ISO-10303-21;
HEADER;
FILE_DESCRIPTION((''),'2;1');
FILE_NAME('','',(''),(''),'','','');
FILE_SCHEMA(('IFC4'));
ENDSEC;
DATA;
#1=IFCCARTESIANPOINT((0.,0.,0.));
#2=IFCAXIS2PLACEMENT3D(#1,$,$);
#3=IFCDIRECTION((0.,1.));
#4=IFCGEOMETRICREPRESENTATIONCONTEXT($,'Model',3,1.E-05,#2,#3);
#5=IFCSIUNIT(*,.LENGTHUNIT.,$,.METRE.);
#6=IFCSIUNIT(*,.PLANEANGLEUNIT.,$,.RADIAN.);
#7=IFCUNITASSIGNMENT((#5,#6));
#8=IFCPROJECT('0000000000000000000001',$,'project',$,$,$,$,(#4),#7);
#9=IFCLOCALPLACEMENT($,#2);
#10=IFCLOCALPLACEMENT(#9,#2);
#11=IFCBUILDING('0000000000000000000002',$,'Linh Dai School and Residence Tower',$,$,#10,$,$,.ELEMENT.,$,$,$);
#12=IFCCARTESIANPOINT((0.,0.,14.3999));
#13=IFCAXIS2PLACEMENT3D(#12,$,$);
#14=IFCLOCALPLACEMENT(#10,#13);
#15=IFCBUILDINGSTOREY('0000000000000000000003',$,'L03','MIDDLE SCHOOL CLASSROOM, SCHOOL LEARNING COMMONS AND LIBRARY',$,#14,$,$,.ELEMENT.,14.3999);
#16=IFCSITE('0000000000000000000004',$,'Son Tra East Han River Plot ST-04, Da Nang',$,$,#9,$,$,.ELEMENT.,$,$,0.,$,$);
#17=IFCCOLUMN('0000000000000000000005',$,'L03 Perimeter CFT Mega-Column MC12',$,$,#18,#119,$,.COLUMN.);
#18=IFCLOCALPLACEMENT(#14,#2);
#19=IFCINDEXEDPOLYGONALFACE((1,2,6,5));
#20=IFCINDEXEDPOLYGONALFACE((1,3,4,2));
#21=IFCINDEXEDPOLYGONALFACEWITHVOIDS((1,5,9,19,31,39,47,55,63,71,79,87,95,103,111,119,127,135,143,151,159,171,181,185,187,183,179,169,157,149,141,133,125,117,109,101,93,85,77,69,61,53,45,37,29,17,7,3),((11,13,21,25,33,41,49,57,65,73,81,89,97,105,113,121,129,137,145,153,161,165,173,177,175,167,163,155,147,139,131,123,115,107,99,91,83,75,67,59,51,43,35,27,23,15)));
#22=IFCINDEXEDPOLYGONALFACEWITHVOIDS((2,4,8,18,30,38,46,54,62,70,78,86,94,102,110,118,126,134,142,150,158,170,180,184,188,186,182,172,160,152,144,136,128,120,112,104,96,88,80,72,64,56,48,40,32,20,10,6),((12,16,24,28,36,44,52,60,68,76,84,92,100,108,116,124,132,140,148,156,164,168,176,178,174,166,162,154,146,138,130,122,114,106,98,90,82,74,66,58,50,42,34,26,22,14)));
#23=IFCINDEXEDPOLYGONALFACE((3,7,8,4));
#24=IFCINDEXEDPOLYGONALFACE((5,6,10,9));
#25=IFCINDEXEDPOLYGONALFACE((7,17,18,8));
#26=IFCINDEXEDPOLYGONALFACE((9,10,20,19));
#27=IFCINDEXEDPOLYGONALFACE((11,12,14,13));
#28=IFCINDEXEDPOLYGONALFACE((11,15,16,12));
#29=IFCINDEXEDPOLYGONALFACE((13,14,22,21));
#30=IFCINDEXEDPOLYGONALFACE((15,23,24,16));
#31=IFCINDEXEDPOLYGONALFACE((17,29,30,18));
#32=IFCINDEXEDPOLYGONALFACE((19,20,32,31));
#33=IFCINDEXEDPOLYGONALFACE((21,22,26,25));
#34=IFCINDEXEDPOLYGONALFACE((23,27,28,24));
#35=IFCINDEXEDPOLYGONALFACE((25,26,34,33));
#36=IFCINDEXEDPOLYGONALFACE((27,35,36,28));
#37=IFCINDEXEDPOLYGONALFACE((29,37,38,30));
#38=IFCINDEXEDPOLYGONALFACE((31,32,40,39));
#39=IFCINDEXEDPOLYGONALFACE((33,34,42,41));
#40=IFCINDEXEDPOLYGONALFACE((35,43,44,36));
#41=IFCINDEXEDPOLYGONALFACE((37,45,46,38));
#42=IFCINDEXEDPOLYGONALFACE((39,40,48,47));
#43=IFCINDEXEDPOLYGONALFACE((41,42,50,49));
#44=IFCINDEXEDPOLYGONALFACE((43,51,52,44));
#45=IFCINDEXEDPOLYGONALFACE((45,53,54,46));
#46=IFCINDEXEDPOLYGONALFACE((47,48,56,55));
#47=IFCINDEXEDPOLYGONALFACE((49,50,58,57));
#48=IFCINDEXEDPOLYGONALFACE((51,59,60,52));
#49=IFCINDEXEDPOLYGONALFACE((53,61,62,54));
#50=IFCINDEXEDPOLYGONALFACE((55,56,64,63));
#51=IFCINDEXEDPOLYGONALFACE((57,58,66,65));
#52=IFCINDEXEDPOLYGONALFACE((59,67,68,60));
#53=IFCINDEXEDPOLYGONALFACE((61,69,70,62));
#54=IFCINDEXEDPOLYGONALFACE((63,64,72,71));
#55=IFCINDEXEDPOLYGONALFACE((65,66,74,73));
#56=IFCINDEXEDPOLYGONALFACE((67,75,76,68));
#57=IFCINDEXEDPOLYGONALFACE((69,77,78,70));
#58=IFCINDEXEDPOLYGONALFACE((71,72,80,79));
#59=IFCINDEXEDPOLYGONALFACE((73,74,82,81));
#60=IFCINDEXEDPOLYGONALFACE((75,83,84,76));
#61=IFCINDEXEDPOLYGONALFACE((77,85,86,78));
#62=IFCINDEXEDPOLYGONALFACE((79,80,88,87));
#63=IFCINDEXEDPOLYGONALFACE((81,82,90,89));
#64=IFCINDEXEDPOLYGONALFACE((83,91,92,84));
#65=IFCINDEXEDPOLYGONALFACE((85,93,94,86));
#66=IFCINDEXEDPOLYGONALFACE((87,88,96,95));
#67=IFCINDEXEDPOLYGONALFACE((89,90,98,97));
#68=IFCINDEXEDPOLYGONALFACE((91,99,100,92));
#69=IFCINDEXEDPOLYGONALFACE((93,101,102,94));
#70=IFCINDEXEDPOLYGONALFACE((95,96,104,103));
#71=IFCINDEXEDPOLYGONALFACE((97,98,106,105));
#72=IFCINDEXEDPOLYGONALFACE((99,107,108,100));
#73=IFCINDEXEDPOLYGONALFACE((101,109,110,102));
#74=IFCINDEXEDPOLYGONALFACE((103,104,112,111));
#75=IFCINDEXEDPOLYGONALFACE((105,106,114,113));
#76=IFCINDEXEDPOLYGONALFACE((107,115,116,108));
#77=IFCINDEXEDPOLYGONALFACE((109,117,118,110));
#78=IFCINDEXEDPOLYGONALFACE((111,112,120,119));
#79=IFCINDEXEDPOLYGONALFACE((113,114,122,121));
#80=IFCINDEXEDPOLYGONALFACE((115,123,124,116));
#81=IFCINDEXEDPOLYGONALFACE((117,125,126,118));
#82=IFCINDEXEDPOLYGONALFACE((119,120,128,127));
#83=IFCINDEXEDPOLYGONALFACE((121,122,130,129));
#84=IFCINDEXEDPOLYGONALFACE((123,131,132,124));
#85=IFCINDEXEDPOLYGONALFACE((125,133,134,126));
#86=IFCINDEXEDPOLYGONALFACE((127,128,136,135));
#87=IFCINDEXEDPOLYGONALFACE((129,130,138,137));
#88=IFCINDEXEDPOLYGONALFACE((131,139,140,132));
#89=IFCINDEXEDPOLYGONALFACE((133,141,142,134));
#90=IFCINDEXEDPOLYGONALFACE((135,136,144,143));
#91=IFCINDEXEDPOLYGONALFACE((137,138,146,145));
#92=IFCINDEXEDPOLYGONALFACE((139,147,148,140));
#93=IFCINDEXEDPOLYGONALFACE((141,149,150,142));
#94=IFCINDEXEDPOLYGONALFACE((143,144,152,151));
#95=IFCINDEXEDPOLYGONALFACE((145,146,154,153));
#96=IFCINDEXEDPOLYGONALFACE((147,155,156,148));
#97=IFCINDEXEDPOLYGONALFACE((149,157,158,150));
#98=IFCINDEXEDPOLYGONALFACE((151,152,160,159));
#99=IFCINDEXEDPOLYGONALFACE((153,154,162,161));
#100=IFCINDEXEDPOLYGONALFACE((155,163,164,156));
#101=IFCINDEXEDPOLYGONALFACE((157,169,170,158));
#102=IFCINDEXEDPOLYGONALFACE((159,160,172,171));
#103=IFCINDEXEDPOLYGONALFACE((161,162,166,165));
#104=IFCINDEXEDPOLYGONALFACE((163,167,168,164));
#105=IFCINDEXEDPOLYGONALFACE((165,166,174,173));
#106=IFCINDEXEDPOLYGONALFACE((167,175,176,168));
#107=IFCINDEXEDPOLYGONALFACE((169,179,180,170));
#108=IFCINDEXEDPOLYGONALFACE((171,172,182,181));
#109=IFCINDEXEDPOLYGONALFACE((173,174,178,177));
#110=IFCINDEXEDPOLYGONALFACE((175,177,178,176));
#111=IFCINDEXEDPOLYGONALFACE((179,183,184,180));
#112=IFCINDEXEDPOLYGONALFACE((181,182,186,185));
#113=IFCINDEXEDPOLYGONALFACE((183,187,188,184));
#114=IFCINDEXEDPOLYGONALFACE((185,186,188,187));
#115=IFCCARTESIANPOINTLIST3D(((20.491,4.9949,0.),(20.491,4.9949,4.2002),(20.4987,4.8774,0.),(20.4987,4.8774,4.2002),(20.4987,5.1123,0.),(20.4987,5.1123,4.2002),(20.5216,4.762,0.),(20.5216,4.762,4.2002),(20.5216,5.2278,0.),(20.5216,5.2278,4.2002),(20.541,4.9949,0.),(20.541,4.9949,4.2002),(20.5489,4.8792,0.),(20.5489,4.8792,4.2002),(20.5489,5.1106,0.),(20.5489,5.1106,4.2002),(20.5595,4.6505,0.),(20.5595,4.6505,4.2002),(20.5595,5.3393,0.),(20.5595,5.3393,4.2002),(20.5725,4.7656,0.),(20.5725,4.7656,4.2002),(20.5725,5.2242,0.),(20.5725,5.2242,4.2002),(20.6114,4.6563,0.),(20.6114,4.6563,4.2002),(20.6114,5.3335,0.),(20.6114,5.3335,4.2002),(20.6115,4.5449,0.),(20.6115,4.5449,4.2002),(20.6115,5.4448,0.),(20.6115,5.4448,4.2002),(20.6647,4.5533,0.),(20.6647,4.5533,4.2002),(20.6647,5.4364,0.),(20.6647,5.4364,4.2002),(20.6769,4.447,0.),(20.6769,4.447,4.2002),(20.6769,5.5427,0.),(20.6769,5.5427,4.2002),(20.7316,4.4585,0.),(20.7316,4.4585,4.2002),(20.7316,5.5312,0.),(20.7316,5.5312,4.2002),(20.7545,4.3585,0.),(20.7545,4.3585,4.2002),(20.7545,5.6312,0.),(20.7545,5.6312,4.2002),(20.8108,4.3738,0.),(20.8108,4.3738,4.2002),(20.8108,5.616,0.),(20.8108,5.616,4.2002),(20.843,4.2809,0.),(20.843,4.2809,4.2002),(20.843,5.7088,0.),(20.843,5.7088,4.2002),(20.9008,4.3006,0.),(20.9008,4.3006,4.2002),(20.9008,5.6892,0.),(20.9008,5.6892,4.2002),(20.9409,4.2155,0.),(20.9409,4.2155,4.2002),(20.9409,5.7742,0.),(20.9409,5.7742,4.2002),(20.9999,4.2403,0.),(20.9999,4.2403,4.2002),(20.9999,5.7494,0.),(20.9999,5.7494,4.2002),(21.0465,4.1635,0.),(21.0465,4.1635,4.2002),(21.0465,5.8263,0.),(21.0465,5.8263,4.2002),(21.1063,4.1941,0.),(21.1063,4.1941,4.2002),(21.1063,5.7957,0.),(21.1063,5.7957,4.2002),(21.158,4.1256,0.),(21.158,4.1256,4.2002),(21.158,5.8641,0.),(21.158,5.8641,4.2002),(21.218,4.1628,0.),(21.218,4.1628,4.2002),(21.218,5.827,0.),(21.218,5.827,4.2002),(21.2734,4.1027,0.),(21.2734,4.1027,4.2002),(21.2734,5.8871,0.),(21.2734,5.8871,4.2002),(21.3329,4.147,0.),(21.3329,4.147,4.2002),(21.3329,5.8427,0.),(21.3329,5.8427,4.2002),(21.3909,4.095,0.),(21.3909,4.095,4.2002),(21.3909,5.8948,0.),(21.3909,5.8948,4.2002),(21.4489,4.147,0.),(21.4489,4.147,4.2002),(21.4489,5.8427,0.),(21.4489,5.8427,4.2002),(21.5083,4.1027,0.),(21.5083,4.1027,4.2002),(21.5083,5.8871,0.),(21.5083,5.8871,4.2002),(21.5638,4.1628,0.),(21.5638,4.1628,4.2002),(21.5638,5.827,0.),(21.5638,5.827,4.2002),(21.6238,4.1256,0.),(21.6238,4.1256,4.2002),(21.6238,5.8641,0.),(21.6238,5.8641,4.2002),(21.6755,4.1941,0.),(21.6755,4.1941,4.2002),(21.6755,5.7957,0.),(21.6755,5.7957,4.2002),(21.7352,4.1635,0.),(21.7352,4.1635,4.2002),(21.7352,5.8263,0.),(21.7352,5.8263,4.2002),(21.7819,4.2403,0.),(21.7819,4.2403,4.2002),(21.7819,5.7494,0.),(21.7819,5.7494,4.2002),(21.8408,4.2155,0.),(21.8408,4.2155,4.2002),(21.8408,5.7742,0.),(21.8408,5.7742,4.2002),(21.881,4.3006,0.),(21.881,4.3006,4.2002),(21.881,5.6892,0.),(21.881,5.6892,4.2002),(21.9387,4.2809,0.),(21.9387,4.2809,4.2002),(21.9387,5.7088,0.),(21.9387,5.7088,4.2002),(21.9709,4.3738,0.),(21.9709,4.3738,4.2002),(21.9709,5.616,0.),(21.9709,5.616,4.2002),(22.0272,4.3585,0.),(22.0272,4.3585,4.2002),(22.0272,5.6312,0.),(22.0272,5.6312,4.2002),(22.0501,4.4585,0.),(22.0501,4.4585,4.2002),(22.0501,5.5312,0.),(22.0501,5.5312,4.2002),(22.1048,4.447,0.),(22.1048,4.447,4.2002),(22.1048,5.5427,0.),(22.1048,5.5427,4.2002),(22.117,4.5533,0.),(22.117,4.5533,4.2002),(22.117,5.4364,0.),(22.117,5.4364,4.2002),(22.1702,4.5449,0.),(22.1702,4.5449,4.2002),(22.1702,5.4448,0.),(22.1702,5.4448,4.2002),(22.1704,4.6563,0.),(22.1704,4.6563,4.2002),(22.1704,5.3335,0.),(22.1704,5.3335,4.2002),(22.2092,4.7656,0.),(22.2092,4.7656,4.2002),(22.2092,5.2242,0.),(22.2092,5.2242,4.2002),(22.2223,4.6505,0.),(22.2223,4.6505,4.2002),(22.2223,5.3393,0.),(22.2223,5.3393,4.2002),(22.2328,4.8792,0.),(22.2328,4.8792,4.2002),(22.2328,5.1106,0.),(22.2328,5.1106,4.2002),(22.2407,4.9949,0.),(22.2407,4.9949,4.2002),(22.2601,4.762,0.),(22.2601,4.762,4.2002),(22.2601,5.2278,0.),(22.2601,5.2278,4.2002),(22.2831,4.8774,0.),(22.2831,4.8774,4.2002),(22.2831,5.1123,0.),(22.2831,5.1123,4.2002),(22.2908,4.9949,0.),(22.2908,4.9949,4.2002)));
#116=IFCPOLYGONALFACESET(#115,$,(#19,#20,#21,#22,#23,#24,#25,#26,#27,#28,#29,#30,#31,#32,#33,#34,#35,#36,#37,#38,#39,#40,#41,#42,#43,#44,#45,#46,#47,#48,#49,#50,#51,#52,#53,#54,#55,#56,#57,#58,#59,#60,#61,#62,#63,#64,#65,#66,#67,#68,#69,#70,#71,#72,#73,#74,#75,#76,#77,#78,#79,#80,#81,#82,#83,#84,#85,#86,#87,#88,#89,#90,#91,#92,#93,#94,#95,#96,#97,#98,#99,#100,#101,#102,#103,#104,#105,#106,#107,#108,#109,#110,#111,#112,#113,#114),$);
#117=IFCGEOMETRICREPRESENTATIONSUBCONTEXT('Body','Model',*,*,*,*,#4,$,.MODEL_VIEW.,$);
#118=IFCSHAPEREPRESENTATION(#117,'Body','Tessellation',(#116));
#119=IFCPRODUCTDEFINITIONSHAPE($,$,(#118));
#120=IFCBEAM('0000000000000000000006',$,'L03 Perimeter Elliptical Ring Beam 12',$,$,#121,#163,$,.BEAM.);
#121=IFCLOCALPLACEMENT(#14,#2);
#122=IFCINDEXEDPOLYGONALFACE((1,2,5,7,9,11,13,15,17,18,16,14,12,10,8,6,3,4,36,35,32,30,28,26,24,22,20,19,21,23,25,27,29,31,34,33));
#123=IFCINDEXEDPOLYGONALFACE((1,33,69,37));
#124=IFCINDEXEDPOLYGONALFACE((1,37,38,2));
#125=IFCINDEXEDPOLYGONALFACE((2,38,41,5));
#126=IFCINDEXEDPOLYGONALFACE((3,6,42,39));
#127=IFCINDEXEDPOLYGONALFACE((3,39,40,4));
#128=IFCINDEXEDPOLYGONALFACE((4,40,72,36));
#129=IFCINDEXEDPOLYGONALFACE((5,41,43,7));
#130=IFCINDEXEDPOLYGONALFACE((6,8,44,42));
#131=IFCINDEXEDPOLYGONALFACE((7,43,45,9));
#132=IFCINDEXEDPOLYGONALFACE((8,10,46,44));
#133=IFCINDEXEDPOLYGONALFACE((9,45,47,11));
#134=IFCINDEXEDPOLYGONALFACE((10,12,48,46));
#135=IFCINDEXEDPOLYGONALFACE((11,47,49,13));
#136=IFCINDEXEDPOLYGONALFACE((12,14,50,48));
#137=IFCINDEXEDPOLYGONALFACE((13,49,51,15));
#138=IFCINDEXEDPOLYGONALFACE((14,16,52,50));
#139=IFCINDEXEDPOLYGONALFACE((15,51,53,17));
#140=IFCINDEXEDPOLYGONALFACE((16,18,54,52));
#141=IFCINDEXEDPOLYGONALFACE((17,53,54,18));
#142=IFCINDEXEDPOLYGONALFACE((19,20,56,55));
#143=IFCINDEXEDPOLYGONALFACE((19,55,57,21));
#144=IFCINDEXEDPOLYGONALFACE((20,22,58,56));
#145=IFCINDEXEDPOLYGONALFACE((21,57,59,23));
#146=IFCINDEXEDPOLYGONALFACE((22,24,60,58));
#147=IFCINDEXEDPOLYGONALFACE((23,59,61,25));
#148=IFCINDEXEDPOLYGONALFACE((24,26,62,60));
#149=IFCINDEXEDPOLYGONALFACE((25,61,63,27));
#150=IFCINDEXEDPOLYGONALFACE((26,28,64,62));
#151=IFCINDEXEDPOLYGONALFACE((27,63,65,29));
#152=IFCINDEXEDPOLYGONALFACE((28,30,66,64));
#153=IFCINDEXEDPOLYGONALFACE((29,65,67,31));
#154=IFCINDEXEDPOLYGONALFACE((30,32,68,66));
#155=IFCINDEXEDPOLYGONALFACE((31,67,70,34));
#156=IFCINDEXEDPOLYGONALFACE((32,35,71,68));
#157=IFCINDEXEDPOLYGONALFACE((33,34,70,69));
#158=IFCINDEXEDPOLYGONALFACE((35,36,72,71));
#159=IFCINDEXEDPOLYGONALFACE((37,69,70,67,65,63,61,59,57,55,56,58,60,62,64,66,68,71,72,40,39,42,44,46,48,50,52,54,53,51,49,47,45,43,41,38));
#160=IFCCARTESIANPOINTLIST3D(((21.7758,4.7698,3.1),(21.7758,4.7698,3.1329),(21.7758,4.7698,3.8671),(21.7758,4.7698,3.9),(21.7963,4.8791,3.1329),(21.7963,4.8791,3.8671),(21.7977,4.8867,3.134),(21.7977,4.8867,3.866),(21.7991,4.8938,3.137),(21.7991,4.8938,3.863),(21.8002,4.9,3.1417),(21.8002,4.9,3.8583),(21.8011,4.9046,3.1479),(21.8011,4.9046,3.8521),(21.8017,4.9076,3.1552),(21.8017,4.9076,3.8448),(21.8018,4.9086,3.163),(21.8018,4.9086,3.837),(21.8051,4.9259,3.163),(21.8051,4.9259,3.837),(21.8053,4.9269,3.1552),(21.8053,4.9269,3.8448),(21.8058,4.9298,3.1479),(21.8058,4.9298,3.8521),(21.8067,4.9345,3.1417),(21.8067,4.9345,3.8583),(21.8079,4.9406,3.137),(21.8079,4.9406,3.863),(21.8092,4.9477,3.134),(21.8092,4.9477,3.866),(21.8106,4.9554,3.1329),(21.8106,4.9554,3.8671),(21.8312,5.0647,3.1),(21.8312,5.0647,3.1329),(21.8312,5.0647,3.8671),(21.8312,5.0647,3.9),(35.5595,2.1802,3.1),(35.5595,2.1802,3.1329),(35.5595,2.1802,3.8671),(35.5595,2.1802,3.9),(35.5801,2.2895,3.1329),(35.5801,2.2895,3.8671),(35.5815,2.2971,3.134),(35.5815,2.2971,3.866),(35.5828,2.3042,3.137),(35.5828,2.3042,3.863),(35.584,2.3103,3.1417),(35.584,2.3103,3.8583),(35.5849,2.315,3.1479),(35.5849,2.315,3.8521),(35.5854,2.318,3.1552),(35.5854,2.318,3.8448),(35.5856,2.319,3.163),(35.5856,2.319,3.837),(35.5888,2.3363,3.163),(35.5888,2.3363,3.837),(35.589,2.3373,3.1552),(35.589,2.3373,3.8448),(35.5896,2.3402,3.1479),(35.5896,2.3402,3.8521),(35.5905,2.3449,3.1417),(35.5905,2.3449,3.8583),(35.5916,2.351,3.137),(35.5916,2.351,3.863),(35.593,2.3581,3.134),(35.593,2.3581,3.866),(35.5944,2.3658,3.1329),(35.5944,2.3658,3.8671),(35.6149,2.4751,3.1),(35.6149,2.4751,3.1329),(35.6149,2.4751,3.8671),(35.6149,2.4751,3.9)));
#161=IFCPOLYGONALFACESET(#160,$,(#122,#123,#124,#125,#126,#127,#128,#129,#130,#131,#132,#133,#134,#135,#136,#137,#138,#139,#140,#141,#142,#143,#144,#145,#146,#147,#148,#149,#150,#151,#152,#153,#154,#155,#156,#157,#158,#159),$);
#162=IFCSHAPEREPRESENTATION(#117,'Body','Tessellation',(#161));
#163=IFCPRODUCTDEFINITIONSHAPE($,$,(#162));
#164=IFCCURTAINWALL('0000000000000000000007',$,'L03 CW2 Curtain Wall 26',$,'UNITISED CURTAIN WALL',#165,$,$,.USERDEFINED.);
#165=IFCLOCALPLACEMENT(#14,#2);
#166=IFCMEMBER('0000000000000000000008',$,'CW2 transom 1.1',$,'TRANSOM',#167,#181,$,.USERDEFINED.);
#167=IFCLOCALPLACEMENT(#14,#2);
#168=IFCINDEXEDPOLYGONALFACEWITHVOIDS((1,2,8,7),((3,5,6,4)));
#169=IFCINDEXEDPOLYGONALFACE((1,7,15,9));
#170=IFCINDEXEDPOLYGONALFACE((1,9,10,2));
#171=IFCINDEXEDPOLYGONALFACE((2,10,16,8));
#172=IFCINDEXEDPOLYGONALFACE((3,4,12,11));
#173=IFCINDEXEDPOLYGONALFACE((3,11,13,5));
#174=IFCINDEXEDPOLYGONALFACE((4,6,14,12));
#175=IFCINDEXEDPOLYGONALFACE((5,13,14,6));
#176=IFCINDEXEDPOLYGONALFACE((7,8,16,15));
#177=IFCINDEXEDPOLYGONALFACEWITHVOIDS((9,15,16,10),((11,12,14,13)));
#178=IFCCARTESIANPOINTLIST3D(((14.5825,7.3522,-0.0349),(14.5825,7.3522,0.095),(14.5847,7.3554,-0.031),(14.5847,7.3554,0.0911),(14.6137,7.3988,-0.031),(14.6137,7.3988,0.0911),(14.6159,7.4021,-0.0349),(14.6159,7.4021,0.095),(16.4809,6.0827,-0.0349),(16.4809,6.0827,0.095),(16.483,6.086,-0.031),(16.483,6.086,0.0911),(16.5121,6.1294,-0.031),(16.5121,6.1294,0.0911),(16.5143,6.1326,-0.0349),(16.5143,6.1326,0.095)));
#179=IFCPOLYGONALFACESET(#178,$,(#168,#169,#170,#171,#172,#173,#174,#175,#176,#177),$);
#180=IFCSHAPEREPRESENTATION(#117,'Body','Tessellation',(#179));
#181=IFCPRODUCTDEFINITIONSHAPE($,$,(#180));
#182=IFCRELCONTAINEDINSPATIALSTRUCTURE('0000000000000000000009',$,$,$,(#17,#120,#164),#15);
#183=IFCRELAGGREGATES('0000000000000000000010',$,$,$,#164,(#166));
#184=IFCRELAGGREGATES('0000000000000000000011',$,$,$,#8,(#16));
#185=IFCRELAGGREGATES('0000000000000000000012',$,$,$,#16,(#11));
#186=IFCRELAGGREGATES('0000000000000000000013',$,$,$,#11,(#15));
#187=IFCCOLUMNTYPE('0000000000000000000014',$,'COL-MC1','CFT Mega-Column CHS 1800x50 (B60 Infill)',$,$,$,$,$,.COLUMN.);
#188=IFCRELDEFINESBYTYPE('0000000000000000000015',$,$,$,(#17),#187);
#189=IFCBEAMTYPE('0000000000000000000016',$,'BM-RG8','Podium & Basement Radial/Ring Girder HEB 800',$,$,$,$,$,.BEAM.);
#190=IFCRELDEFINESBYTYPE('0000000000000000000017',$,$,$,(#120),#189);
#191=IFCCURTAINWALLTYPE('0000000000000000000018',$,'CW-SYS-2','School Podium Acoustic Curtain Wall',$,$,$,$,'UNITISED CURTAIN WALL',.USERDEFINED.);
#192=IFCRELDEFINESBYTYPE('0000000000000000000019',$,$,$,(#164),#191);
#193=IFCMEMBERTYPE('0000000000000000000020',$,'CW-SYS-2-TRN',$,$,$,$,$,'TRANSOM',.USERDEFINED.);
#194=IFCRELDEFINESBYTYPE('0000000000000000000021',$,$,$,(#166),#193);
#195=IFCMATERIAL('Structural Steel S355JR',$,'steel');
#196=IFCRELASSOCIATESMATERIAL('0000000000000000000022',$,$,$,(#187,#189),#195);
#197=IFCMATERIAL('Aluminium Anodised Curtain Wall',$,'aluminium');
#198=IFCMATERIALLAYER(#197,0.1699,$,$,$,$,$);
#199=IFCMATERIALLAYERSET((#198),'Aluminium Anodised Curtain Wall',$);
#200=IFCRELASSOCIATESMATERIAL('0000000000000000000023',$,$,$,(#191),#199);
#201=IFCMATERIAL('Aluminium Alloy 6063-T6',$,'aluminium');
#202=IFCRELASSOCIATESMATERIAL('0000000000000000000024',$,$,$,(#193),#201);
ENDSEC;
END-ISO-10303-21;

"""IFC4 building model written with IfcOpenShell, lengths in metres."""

from ifc_helpers import new_model, si_unit, direction, frame, origin, origin_2d, place, context, subcontext, project, spatial, hollow_rectangle, hollow_circle, i_section, extrude, source, transform, mapped, material, layer, layer_set, material_profile, profile_set, type_object, element, aggregate, save


model = new_model("IFC4")

# Units and contexts
model_context = context("Model", 3, precision=1e-05, world=origin(), true_north=direction((0.0, 1.0)))
body_context = subcontext(model_context, "Body", "Model", "MODEL_VIEW")
ifc_project = project(units=[si_unit("LENGTHUNIT", "METRE"), si_unit("PLANEANGLEUNIT", "RADIAN")], contexts=[model_context])

# Site, building, storey
site_placement = place(None, origin())
site = spatial("IfcSite", under=ifc_project, at=site_placement, Name="Son Tra East Han River Plot ST-04, Da Nang", CompositionType="ELEMENT", RefElevation=0.0)
building_placement = place(site_placement, origin())
building = spatial("IfcBuilding", under=site, at=building_placement, Name="Linh Dai School and Residence Tower", CompositionType="ELEMENT")
storey_placement = place(building_placement, frame((0.0, 0.0, 14.3999)))
storey = spatial("IfcBuildingStorey", under=building, at=storey_placement, Name="L03", Description="MIDDLE SCHOOL CLASSROOM, SCHOOL LEARNING COMMONS AND LIBRARY", CompositionType="ELEMENT", Elevation=14.3999)

# Column
ifc_material_1 = material(Name="Structural Steel S355JR", Category="steel")
ifc_material_profile_1 = material_profile(ifc_material_1, hollow_circle(Radius=0.8999, WallThickness=0.05, at=origin_2d()), Name="CHS 1800x50")
ifc_profile_set_1 = profile_set([ifc_material_profile_1], Name="Structural Steel S355JR")
column_type = type_object("IfcColumnType", Name="COL-MC1", Description="CFT Mega-Column CHS 1800x50 (B60 Infill)", PredefinedType="COLUMN", material=ifc_profile_set_1)
column_placement = place(storey_placement, frame((21.3909, 4.9949, 0.0), z_axis=(0.0, 0.0, 1.0), x_axis=(1.0, 0.0, 0.0)))
element("IfcColumn", 1, at=column_placement, inside=storey, type_object=column_type, Name="L03 Perimeter CFT Mega-Column MC12", PredefinedType="COLUMN", context=body_context, shape_type="SweptSolid", body=[
    extrude(hollow_circle(Radius=0.8999, WallThickness=0.05, at=origin_2d()), origin(), (0.0, 0.0, 1.0), 4.2002),
])

# Beam
ifc_material_profile_2 = material_profile(ifc_material_1, i_section(OverallWidth=0.3, OverallDepth=0.8, WebThickness=0.0176, FlangeThickness=0.033, FilletRadius=0.03, at=origin_2d()), Name="HEB 800")
ifc_profile_set_2 = profile_set([ifc_material_profile_2], Name="Structural Steel S355JR")
beam_type = type_object("IfcBeamType", Name="BM-RG8", Description="Podium & Basement Radial/Ring Girder HEB 800", PredefinedType="BEAM", material=ifc_profile_set_2)
beam_placement = place(storey_placement, frame((21.8035, 4.9172, 3.5), z_axis=(0.982806, -0.184644, 0.0), x_axis=(0.184644, 0.982806, 0.0)))
element("IfcBeam", 2, at=beam_placement, inside=storey, type_object=beam_type, Name="L03 Perimeter Elliptical Ring Beam 12", PredefinedType="BEAM", context=body_context, shape_type="SweptSolid", body=[
    extrude(i_section(OverallWidth=0.3, OverallDepth=0.8, WebThickness=0.0176, FlangeThickness=0.033, FilletRadius=0.03, at=origin_2d()), origin(), (0.0, 0.0, 1.0), 14.0249),
])

# Curtain wall, member
ifc_material_2 = material(Name="Aluminium Anodised Curtain Wall", Category="aluminium")
ifc_layer_1 = layer(ifc_material_2, 0.1699)
ifc_layer_set_1 = layer_set([ifc_layer_1], Name="Aluminium Anodised Curtain Wall")
curtain_wall_type = type_object("IfcCurtainWallType", Name="CW-SYS-2", Description="School Podium Acoustic Curtain Wall", ElementType="UNITISED CURTAIN WALL", PredefinedType="USERDEFINED", material=ifc_layer_set_1)
curtain_wall_placement = place(storey_placement, origin())
curtain_wall = element("IfcCurtainWall", 3, at=curtain_wall_placement, inside=storey, type_object=curtain_wall_type, Name="L03 CW2 Curtain Wall 26", ObjectType="UNITISED CURTAIN WALL", PredefinedType="USERDEFINED")
ifc_material_3 = material(Name="Aluminium Alloy 6063-T6", Category="aluminium")
ifc_material_profile_3 = material_profile(ifc_material_3, hollow_rectangle(XDim=0.0601, YDim=0.1299, WallThickness=0.0039, at=origin_2d()), Name="RHS 130x60x4")
ifc_profile_set_3 = profile_set([ifc_material_profile_3], Name="Aluminium Alloy 6063-T6")
member_type_1 = type_object("IfcMemberType", Name="CW-SYS-2-TRN", ElementType="TRANSOM", PredefinedType="USERDEFINED", material=ifc_profile_set_3)
shared_shape_1 = source(origin(), body_context, "Body", "SweptSolid", [
    extrude(hollow_rectangle(XDim=0.0601, YDim=0.1299, WallThickness=0.0039, at=origin_2d()), origin(), (0.0, 0.0, 1.0), 2.2837),
])
member_1_placement = place(storey_placement, frame((16.4976, 6.1077, 0.03), z_axis=(-0.83126, 0.555884, 0.0), x_axis=(-0.555884, -0.83126, 0.0)))
member_1 = element("IfcMember", 4, at=member_1_placement, type_object=member_type_1, Name="CW2 transom 1.1", ObjectType="TRANSOM", PredefinedType="USERDEFINED", context=body_context, shape_type="MappedRepresentation", body=[
    mapped(shared_shape_1, transform((0.0, 0.0, 0.0), x_axis=(1.0, 0.0, 0.0), y_axis=(0.0, 1.0, 0.0), z_axis=(0.0, 0.0, 1.0), scale=1.0)),
])

aggregate(curtain_wall, [member_1])

save(model, "model.ifc")
